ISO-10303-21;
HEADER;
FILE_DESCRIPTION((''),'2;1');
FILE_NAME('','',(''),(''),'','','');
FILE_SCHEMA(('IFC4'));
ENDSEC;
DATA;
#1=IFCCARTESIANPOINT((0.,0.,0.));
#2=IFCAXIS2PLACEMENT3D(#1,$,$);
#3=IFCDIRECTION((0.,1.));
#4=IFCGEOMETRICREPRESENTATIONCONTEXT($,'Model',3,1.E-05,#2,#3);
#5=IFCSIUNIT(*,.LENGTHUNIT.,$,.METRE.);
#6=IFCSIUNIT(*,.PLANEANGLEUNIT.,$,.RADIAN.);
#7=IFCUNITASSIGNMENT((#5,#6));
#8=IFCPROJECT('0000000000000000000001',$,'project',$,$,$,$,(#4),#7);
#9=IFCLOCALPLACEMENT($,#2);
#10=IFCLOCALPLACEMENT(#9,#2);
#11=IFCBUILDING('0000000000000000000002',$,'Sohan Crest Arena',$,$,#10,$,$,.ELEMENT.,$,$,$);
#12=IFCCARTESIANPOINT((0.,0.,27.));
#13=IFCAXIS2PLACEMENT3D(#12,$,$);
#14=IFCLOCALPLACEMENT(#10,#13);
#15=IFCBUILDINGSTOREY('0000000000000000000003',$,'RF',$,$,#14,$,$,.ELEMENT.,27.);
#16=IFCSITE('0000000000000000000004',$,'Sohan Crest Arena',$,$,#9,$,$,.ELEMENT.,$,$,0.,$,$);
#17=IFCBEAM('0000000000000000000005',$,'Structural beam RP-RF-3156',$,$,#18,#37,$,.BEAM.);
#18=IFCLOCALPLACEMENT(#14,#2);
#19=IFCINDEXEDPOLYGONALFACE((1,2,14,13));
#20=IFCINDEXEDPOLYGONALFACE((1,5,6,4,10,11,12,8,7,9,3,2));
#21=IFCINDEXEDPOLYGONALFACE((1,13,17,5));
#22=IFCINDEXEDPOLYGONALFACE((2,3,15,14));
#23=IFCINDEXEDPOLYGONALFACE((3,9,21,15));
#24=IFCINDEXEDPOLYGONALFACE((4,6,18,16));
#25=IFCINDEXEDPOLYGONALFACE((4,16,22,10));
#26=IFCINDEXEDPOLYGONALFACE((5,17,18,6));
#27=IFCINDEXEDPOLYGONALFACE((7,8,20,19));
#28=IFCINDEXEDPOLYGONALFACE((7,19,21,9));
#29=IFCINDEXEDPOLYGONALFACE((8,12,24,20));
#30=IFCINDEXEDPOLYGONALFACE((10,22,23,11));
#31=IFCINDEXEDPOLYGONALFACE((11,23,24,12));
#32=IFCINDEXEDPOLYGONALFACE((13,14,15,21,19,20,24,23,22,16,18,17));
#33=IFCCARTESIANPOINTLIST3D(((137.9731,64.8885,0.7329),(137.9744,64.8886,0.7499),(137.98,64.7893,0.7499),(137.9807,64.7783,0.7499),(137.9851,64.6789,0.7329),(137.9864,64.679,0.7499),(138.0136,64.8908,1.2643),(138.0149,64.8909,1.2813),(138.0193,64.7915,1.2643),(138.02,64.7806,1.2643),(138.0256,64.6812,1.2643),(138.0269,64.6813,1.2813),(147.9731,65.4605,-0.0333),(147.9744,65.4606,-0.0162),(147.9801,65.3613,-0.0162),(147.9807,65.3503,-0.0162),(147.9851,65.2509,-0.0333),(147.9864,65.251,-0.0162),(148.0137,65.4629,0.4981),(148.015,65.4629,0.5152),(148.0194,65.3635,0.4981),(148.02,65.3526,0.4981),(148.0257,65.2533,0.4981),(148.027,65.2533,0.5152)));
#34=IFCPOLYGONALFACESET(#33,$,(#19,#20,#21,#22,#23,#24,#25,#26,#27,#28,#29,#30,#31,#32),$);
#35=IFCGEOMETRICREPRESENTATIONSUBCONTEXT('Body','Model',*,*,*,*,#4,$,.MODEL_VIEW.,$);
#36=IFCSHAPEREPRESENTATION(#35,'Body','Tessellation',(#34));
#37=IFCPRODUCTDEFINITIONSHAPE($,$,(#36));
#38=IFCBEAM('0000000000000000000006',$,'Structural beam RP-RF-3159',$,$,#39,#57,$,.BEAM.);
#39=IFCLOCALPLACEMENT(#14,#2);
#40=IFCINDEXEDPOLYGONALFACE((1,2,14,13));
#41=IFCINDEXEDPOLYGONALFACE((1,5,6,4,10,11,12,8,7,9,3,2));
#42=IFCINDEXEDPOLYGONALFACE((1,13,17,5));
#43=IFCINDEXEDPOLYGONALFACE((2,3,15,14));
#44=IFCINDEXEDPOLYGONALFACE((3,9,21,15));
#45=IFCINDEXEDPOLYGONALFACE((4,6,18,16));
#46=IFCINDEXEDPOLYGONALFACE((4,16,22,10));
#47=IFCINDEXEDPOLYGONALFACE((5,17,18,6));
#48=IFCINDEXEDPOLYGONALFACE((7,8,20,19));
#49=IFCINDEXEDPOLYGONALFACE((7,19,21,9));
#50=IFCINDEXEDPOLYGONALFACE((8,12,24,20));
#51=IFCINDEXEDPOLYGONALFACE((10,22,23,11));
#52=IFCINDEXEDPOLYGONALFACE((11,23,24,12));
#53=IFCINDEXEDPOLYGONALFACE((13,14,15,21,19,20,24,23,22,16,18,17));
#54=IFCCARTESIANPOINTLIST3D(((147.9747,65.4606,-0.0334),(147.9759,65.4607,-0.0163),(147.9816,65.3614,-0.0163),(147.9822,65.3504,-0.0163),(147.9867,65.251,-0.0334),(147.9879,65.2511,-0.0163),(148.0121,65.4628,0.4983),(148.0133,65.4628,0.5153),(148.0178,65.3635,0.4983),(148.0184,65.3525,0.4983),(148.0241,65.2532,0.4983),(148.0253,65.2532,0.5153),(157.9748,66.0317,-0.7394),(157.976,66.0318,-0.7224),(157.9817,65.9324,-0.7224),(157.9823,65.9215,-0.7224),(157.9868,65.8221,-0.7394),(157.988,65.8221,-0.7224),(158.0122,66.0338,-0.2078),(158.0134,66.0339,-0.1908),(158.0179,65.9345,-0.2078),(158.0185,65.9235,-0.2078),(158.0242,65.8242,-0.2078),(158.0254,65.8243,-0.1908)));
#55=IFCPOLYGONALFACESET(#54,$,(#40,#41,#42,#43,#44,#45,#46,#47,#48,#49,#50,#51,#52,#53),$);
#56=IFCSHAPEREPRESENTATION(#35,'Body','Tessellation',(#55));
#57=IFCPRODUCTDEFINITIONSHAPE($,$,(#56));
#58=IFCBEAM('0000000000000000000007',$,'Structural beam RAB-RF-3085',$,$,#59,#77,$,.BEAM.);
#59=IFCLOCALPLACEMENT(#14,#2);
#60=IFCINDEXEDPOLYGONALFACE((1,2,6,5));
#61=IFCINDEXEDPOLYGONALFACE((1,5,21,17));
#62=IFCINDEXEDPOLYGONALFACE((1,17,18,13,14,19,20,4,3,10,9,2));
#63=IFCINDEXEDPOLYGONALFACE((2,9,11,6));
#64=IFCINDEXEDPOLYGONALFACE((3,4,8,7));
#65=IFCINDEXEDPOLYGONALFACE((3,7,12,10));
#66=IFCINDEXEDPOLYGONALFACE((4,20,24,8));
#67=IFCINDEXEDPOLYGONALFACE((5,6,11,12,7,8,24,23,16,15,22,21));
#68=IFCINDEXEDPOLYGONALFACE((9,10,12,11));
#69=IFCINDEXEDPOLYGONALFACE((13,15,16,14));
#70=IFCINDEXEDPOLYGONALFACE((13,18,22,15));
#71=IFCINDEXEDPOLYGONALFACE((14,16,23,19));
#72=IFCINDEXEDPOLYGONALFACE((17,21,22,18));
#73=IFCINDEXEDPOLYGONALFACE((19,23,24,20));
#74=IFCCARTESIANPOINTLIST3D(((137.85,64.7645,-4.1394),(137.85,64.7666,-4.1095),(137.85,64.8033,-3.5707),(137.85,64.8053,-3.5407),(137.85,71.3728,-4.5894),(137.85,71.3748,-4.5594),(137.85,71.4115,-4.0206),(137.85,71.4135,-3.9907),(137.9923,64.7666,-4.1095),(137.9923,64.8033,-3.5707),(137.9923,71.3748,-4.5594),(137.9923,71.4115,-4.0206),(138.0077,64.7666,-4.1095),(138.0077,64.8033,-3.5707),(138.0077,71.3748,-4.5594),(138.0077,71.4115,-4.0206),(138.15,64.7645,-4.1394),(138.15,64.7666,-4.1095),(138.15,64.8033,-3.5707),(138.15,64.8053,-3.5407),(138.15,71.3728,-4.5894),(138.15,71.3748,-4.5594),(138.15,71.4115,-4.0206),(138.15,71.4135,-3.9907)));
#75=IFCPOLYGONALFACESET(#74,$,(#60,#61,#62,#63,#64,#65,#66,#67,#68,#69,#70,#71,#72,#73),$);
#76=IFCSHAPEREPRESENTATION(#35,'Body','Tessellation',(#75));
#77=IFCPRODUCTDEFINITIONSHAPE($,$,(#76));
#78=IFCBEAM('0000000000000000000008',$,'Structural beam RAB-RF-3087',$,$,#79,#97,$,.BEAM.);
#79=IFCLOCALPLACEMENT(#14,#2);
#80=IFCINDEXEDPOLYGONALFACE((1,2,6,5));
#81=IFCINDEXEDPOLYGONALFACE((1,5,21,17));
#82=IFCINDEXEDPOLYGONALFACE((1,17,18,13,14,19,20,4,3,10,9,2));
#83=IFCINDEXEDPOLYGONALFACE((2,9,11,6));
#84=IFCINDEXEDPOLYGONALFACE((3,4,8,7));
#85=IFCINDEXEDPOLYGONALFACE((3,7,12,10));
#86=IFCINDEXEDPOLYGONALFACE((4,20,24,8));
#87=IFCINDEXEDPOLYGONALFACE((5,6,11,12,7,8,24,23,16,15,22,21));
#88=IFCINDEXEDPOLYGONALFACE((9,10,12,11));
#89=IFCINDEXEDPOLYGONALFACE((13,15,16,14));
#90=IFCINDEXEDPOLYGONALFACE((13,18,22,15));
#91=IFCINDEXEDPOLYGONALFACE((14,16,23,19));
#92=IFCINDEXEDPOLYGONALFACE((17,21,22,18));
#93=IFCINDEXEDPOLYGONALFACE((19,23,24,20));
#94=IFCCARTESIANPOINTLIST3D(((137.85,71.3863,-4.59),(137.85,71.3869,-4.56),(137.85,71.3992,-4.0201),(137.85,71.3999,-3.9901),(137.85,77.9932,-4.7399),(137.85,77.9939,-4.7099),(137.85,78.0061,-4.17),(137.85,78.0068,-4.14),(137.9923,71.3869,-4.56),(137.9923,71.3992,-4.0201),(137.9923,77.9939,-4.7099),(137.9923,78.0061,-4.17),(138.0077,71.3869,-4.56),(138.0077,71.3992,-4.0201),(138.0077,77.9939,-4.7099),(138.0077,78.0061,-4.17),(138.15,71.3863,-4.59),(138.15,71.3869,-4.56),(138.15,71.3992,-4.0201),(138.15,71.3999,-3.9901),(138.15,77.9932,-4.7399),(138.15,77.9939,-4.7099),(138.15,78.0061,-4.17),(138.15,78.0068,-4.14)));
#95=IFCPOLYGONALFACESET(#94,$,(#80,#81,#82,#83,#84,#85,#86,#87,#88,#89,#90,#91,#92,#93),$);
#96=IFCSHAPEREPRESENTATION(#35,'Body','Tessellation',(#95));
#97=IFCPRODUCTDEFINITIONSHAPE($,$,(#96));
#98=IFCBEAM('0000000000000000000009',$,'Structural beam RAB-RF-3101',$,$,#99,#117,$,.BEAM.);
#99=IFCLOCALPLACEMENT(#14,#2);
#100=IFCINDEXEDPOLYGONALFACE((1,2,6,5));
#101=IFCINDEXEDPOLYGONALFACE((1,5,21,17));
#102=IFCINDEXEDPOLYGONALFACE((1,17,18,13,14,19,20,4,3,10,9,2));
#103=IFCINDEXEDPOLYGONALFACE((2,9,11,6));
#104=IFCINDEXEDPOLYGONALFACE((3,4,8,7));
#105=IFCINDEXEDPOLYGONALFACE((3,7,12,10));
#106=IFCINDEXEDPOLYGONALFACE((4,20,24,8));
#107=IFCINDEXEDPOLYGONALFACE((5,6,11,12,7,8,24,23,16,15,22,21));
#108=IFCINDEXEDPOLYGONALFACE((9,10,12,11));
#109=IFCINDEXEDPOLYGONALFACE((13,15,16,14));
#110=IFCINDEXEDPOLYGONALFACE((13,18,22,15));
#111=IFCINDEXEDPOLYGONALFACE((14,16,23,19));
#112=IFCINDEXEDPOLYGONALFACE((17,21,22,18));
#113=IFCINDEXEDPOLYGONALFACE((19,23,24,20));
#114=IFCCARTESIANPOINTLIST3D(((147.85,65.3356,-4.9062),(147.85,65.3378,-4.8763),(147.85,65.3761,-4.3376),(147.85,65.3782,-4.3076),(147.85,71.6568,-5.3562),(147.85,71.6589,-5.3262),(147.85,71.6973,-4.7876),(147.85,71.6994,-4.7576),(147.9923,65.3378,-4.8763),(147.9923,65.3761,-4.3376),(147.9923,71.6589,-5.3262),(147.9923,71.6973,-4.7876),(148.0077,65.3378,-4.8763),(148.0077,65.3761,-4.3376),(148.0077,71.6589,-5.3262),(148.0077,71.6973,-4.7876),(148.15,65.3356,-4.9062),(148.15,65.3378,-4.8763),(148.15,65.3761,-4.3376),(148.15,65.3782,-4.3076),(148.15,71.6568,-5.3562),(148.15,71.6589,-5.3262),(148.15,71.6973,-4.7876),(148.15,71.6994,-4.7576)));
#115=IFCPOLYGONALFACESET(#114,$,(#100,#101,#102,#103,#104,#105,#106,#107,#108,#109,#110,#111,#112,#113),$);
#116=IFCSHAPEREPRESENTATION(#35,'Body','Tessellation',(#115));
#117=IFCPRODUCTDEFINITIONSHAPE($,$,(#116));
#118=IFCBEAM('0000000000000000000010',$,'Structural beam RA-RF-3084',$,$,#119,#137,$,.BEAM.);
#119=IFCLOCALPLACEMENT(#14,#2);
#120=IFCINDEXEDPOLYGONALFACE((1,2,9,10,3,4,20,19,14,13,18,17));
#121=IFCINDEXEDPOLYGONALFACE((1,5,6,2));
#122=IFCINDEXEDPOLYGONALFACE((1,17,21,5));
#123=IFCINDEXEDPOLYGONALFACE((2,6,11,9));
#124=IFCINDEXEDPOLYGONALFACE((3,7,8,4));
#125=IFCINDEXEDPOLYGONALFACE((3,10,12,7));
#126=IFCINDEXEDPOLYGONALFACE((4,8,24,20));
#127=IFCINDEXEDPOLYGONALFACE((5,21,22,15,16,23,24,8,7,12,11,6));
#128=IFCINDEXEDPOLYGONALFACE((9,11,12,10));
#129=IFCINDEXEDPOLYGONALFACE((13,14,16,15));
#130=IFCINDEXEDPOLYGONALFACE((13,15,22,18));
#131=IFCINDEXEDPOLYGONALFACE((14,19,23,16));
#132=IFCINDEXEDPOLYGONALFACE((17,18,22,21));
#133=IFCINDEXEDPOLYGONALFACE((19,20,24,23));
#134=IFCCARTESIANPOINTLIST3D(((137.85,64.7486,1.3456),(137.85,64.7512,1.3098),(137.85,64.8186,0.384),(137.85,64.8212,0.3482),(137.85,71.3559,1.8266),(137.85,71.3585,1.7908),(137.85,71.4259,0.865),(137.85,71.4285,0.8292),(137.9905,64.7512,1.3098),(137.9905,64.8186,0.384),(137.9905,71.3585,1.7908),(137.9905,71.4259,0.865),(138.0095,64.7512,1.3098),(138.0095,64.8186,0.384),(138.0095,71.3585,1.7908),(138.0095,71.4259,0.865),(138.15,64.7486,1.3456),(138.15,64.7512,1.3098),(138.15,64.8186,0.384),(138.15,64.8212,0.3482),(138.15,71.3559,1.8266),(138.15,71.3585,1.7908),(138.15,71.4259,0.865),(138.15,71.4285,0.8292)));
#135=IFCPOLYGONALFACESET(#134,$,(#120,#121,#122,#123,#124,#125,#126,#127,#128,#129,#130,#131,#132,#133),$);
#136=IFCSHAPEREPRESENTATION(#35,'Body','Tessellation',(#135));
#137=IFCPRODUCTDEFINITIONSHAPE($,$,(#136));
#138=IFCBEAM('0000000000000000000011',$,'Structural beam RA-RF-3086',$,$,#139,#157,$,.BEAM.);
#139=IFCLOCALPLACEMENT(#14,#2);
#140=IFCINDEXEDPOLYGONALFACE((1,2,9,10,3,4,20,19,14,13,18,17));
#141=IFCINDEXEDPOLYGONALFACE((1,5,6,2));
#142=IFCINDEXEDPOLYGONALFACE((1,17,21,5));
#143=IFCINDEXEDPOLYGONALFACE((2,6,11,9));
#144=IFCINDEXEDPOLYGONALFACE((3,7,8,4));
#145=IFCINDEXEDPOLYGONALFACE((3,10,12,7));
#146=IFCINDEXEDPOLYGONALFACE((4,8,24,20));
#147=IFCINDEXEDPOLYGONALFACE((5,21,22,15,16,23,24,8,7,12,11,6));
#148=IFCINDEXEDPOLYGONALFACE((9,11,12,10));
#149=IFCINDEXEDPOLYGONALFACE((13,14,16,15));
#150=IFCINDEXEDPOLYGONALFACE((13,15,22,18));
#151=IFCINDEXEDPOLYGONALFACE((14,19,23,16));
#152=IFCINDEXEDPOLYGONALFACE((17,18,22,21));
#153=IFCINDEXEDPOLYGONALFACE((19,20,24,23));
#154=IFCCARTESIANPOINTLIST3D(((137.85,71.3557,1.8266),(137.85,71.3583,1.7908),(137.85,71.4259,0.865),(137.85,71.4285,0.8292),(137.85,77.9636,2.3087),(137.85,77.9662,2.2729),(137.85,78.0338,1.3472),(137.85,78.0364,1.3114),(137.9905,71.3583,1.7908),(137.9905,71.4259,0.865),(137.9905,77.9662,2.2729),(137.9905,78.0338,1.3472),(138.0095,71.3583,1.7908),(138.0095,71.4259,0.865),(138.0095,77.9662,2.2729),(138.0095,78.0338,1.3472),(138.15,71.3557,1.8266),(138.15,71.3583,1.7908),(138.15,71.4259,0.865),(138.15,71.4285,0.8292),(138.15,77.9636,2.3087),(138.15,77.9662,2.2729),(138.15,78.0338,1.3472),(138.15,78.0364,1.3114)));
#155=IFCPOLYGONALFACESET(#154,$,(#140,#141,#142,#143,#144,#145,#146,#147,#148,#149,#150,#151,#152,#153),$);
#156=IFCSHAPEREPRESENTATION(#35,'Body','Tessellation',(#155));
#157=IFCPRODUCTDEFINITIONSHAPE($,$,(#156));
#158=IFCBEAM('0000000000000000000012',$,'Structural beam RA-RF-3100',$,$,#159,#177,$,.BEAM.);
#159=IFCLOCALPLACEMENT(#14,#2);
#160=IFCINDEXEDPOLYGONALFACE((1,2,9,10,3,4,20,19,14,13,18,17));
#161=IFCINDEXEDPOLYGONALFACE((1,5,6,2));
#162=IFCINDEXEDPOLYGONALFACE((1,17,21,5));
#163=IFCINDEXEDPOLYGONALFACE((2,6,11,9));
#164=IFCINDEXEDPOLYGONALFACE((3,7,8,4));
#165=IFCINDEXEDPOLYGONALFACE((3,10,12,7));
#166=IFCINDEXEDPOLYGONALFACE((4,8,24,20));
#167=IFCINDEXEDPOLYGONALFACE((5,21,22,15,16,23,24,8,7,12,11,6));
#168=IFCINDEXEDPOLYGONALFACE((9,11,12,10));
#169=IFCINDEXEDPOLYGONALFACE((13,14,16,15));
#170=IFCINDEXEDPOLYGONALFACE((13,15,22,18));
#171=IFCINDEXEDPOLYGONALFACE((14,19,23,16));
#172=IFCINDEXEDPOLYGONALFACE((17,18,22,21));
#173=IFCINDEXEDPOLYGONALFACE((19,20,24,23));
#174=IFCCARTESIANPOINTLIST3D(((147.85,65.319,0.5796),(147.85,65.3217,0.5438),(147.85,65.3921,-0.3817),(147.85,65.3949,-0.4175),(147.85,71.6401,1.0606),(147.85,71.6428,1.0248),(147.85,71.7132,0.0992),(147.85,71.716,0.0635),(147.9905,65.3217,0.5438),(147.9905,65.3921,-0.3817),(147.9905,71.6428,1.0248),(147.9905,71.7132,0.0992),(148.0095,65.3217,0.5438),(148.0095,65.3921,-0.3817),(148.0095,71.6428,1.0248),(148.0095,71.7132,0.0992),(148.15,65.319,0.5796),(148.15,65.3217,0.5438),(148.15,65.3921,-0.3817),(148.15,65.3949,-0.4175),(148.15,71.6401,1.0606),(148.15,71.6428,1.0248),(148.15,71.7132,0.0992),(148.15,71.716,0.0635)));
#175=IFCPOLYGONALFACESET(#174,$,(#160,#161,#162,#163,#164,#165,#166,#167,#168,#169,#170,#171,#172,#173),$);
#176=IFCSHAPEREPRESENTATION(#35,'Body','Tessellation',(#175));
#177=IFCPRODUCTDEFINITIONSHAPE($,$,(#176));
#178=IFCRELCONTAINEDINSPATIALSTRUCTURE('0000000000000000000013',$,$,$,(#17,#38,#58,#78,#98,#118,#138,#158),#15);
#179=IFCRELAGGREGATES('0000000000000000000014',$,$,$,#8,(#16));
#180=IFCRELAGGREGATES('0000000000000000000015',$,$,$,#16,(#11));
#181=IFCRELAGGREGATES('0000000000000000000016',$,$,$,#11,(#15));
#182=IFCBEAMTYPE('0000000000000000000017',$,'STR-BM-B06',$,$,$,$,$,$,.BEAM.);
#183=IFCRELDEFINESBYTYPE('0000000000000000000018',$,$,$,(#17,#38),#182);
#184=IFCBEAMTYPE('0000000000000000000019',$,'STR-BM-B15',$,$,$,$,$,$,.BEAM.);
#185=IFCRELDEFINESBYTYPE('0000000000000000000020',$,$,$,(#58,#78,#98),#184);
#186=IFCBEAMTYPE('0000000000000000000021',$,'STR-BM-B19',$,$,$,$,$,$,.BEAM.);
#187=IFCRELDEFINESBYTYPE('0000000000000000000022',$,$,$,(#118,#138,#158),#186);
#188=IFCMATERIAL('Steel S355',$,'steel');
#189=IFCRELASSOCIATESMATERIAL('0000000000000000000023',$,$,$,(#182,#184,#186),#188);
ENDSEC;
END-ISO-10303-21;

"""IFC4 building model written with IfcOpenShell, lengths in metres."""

from ifc_helpers import new_model, si_unit, direction, frame, origin, origin_2d, place, context, subcontext, project, spatial, i_section, extrude, material, material_profile, profile_set, type_object, element, save


model = new_model("IFC4")

# Units and contexts
model_context = context("Model", 3, precision=1e-05, world=origin(), true_north=direction((0.0, 1.0)))
body_context = subcontext(model_context, "Body", "Model", "MODEL_VIEW")
ifc_project = project(units=[si_unit("LENGTHUNIT", "METRE"), si_unit("PLANEANGLEUNIT", "RADIAN")], contexts=[model_context])

# Site, building, storey
site_placement = place(None, origin())
site = spatial("IfcSite", under=ifc_project, at=site_placement, Name="Sohan Crest Arena", CompositionType="ELEMENT", RefElevation=0.0)
building_placement = place(site_placement, origin())
building = spatial("IfcBuilding", under=site, at=building_placement, Name="Sohan Crest Arena", CompositionType="ELEMENT")
storey_placement = place(building_placement, frame((0.0, 0.0, 27.0)))
storey = spatial("IfcBuildingStorey", under=building, at=storey_placement, Name="RF", CompositionType="ELEMENT", Elevation=27.0)

# Beams
ifc_material_1 = material(Name="Steel S355", Category="steel")
ifc_material_profile_1 = material_profile(ifc_material_1, i_section(OverallWidth=0.21, OverallDepth=0.55, WebThickness=0.011, FlangeThickness=0.0171, at=origin_2d()), Name="IPE 550")
ifc_profile_set_1 = profile_set([ifc_material_profile_1], Name="Steel S355")
beam_type_1 = type_object("IfcBeamType", Name="STR-BM-B06", PredefinedType="BEAM", material=ifc_profile_set_1)
beam_1_placement = place(storey_placement, frame((138.0, 64.7849, 1.0071), z_axis=(0.99546, 0.056942, -0.076264), x_axis=(-0.057109, 0.998368, 0.0)))
element("IfcBeam", 1, at=beam_1_placement, inside=storey, type_object=beam_type_1, Name="Structural beam RP-RF-3156", PredefinedType="BEAM", context=body_context, shape_type="SweptSolid", body=[
    extrude(i_section(OverallWidth=0.21, OverallDepth=0.55, WebThickness=0.011, FlangeThickness=0.0171, at=origin_2d()), origin(), (0.0, 0.0, 1.0), 10.0457),
])
beam_2_placement = place(storey_placement, frame((148.0, 65.3569, 0.241), z_axis=(0.995902, 0.05687, -0.070316), x_axis=(-0.057012, 0.998374, 0.0)))
element("IfcBeam", 2, at=beam_2_placement, inside=storey, type_object=beam_type_1, Name="Structural beam RP-RF-3159", PredefinedType="BEAM", context=body_context, shape_type="SweptSolid", body=[
    extrude(i_section(OverallWidth=0.21, OverallDepth=0.55, WebThickness=0.011, FlangeThickness=0.0171, at=origin_2d()), origin(), (0.0, 0.0, 1.0), 10.0413),
])
ifc_material_profile_2 = material_profile(ifc_material_1, i_section(OverallWidth=0.3, OverallDepth=0.6001, WebThickness=0.0154, FlangeThickness=0.03, at=origin_2d()), Name="HEB 600")
ifc_profile_set_2 = profile_set([ifc_material_profile_2], Name="Steel S355")
beam_type_2 = type_object("IfcBeamType", Name="STR-BM-B15", PredefinedType="BEAM", material=ifc_profile_set_2)
beam_3_placement = place(storey_placement, frame((138.0, 64.7849, -3.8401), z_axis=(0.0, 0.99769, -0.067933), x_axis=(-1.0, 0.0, 0.0)))
element("IfcBeam", 3, at=beam_3_placement, inside=storey, type_object=beam_type_2, Name="Structural beam RAB-RF-3085", PredefinedType="BEAM", context=body_context, shape_type="SweptSolid", body=[
    extrude(i_section(OverallWidth=0.3, OverallDepth=0.6001, WebThickness=0.0154, FlangeThickness=0.03, at=origin_2d()), origin(), (0.0, 0.0, 1.0), 6.6235),
])
beam_4_placement = place(storey_placement, frame((138.0, 71.3931, -4.29), z_axis=(0.0, 0.999743, -0.022683), x_axis=(-1.0, 0.0, 0.0)))
element("IfcBeam", 4, at=beam_4_placement, inside=storey, type_object=beam_type_2, Name="Structural beam RAB-RF-3087", PredefinedType="BEAM", context=body_context, shape_type="SweptSolid", body=[
    extrude(i_section(OverallWidth=0.3, OverallDepth=0.6001, WebThickness=0.0154, FlangeThickness=0.03, at=origin_2d()), origin(), (0.0, 0.0, 1.0), 6.6086),
])
beam_5_placement = place(storey_placement, frame((148.0, 65.3569, -4.6069), z_axis=(0.0, 0.997476, -0.071003), x_axis=(-1.0, 0.0, 0.0)))
element("IfcBeam", 5, at=beam_5_placement, inside=storey, type_object=beam_type_2, Name="Structural beam RAB-RF-3101", PredefinedType="BEAM", context=body_context, shape_type="SweptSolid", body=[
    extrude(i_section(OverallWidth=0.3, OverallDepth=0.6001, WebThickness=0.0154, FlangeThickness=0.03, at=origin_2d()), origin(), (0.0, 0.0, 1.0), 6.3372),
])
ifc_material_profile_3 = material_profile(ifc_material_1, i_section(OverallWidth=0.3, OverallDepth=1.0, WebThickness=0.019, FlangeThickness=0.0359, at=origin_2d()), Name="HEB 1000")
ifc_profile_set_3 = profile_set([ifc_material_profile_3], Name="Steel S355")
beam_type_3 = type_object("IfcBeamType", Name="STR-BM-B19", PredefinedType="BEAM", material=ifc_profile_set_3)
beam_6_placement = place(storey_placement, frame((138.0, 64.7849, 0.8469), z_axis=(0.0, 0.997361, 0.072601), x_axis=(-1.0, 0.0, 0.0)))
element("IfcBeam", 6, at=beam_6_placement, inside=storey, type_object=beam_type_3, Name="Structural beam RA-RF-3084", PredefinedType="BEAM", context=body_context, shape_type="SweptSolid", body=[
    extrude(i_section(OverallWidth=0.3, OverallDepth=1.0, WebThickness=0.019, FlangeThickness=0.0359, at=origin_2d()), origin(), (0.0, 0.0, 1.0), 6.6248),
])
beam_7_placement = place(storey_placement, frame((138.0, 71.3921, 1.3279), z_axis=(0.0, 0.997348, 0.072776), x_axis=(-1.0, 0.0, 0.0)))
element("IfcBeam", 7, at=beam_7_placement, inside=storey, type_object=beam_type_3, Name="Structural beam RA-RF-3086", PredefinedType="BEAM", context=body_context, shape_type="SweptSolid", body=[
    extrude(i_section(OverallWidth=0.3, OverallDepth=1.0, WebThickness=0.019, FlangeThickness=0.0359, at=origin_2d()), origin(), (0.0, 0.0, 1.0), 6.6255),
])
beam_8_placement = place(storey_placement, frame((148.0, 65.3569, 0.0811), z_axis=(0.0, 0.997118, 0.075869), x_axis=(-1.0, 0.0, 0.0)))
element("IfcBeam", 8, at=beam_8_placement, inside=storey, type_object=beam_type_3, Name="Structural beam RA-RF-3100", PredefinedType="BEAM", context=body_context, shape_type="SweptSolid", body=[
    extrude(i_section(OverallWidth=0.3, OverallDepth=1.0, WebThickness=0.019, FlangeThickness=0.0359, at=origin_2d()), origin(), (0.0, 0.0, 1.0), 6.3394),
])

save(model, "model.ifc")
